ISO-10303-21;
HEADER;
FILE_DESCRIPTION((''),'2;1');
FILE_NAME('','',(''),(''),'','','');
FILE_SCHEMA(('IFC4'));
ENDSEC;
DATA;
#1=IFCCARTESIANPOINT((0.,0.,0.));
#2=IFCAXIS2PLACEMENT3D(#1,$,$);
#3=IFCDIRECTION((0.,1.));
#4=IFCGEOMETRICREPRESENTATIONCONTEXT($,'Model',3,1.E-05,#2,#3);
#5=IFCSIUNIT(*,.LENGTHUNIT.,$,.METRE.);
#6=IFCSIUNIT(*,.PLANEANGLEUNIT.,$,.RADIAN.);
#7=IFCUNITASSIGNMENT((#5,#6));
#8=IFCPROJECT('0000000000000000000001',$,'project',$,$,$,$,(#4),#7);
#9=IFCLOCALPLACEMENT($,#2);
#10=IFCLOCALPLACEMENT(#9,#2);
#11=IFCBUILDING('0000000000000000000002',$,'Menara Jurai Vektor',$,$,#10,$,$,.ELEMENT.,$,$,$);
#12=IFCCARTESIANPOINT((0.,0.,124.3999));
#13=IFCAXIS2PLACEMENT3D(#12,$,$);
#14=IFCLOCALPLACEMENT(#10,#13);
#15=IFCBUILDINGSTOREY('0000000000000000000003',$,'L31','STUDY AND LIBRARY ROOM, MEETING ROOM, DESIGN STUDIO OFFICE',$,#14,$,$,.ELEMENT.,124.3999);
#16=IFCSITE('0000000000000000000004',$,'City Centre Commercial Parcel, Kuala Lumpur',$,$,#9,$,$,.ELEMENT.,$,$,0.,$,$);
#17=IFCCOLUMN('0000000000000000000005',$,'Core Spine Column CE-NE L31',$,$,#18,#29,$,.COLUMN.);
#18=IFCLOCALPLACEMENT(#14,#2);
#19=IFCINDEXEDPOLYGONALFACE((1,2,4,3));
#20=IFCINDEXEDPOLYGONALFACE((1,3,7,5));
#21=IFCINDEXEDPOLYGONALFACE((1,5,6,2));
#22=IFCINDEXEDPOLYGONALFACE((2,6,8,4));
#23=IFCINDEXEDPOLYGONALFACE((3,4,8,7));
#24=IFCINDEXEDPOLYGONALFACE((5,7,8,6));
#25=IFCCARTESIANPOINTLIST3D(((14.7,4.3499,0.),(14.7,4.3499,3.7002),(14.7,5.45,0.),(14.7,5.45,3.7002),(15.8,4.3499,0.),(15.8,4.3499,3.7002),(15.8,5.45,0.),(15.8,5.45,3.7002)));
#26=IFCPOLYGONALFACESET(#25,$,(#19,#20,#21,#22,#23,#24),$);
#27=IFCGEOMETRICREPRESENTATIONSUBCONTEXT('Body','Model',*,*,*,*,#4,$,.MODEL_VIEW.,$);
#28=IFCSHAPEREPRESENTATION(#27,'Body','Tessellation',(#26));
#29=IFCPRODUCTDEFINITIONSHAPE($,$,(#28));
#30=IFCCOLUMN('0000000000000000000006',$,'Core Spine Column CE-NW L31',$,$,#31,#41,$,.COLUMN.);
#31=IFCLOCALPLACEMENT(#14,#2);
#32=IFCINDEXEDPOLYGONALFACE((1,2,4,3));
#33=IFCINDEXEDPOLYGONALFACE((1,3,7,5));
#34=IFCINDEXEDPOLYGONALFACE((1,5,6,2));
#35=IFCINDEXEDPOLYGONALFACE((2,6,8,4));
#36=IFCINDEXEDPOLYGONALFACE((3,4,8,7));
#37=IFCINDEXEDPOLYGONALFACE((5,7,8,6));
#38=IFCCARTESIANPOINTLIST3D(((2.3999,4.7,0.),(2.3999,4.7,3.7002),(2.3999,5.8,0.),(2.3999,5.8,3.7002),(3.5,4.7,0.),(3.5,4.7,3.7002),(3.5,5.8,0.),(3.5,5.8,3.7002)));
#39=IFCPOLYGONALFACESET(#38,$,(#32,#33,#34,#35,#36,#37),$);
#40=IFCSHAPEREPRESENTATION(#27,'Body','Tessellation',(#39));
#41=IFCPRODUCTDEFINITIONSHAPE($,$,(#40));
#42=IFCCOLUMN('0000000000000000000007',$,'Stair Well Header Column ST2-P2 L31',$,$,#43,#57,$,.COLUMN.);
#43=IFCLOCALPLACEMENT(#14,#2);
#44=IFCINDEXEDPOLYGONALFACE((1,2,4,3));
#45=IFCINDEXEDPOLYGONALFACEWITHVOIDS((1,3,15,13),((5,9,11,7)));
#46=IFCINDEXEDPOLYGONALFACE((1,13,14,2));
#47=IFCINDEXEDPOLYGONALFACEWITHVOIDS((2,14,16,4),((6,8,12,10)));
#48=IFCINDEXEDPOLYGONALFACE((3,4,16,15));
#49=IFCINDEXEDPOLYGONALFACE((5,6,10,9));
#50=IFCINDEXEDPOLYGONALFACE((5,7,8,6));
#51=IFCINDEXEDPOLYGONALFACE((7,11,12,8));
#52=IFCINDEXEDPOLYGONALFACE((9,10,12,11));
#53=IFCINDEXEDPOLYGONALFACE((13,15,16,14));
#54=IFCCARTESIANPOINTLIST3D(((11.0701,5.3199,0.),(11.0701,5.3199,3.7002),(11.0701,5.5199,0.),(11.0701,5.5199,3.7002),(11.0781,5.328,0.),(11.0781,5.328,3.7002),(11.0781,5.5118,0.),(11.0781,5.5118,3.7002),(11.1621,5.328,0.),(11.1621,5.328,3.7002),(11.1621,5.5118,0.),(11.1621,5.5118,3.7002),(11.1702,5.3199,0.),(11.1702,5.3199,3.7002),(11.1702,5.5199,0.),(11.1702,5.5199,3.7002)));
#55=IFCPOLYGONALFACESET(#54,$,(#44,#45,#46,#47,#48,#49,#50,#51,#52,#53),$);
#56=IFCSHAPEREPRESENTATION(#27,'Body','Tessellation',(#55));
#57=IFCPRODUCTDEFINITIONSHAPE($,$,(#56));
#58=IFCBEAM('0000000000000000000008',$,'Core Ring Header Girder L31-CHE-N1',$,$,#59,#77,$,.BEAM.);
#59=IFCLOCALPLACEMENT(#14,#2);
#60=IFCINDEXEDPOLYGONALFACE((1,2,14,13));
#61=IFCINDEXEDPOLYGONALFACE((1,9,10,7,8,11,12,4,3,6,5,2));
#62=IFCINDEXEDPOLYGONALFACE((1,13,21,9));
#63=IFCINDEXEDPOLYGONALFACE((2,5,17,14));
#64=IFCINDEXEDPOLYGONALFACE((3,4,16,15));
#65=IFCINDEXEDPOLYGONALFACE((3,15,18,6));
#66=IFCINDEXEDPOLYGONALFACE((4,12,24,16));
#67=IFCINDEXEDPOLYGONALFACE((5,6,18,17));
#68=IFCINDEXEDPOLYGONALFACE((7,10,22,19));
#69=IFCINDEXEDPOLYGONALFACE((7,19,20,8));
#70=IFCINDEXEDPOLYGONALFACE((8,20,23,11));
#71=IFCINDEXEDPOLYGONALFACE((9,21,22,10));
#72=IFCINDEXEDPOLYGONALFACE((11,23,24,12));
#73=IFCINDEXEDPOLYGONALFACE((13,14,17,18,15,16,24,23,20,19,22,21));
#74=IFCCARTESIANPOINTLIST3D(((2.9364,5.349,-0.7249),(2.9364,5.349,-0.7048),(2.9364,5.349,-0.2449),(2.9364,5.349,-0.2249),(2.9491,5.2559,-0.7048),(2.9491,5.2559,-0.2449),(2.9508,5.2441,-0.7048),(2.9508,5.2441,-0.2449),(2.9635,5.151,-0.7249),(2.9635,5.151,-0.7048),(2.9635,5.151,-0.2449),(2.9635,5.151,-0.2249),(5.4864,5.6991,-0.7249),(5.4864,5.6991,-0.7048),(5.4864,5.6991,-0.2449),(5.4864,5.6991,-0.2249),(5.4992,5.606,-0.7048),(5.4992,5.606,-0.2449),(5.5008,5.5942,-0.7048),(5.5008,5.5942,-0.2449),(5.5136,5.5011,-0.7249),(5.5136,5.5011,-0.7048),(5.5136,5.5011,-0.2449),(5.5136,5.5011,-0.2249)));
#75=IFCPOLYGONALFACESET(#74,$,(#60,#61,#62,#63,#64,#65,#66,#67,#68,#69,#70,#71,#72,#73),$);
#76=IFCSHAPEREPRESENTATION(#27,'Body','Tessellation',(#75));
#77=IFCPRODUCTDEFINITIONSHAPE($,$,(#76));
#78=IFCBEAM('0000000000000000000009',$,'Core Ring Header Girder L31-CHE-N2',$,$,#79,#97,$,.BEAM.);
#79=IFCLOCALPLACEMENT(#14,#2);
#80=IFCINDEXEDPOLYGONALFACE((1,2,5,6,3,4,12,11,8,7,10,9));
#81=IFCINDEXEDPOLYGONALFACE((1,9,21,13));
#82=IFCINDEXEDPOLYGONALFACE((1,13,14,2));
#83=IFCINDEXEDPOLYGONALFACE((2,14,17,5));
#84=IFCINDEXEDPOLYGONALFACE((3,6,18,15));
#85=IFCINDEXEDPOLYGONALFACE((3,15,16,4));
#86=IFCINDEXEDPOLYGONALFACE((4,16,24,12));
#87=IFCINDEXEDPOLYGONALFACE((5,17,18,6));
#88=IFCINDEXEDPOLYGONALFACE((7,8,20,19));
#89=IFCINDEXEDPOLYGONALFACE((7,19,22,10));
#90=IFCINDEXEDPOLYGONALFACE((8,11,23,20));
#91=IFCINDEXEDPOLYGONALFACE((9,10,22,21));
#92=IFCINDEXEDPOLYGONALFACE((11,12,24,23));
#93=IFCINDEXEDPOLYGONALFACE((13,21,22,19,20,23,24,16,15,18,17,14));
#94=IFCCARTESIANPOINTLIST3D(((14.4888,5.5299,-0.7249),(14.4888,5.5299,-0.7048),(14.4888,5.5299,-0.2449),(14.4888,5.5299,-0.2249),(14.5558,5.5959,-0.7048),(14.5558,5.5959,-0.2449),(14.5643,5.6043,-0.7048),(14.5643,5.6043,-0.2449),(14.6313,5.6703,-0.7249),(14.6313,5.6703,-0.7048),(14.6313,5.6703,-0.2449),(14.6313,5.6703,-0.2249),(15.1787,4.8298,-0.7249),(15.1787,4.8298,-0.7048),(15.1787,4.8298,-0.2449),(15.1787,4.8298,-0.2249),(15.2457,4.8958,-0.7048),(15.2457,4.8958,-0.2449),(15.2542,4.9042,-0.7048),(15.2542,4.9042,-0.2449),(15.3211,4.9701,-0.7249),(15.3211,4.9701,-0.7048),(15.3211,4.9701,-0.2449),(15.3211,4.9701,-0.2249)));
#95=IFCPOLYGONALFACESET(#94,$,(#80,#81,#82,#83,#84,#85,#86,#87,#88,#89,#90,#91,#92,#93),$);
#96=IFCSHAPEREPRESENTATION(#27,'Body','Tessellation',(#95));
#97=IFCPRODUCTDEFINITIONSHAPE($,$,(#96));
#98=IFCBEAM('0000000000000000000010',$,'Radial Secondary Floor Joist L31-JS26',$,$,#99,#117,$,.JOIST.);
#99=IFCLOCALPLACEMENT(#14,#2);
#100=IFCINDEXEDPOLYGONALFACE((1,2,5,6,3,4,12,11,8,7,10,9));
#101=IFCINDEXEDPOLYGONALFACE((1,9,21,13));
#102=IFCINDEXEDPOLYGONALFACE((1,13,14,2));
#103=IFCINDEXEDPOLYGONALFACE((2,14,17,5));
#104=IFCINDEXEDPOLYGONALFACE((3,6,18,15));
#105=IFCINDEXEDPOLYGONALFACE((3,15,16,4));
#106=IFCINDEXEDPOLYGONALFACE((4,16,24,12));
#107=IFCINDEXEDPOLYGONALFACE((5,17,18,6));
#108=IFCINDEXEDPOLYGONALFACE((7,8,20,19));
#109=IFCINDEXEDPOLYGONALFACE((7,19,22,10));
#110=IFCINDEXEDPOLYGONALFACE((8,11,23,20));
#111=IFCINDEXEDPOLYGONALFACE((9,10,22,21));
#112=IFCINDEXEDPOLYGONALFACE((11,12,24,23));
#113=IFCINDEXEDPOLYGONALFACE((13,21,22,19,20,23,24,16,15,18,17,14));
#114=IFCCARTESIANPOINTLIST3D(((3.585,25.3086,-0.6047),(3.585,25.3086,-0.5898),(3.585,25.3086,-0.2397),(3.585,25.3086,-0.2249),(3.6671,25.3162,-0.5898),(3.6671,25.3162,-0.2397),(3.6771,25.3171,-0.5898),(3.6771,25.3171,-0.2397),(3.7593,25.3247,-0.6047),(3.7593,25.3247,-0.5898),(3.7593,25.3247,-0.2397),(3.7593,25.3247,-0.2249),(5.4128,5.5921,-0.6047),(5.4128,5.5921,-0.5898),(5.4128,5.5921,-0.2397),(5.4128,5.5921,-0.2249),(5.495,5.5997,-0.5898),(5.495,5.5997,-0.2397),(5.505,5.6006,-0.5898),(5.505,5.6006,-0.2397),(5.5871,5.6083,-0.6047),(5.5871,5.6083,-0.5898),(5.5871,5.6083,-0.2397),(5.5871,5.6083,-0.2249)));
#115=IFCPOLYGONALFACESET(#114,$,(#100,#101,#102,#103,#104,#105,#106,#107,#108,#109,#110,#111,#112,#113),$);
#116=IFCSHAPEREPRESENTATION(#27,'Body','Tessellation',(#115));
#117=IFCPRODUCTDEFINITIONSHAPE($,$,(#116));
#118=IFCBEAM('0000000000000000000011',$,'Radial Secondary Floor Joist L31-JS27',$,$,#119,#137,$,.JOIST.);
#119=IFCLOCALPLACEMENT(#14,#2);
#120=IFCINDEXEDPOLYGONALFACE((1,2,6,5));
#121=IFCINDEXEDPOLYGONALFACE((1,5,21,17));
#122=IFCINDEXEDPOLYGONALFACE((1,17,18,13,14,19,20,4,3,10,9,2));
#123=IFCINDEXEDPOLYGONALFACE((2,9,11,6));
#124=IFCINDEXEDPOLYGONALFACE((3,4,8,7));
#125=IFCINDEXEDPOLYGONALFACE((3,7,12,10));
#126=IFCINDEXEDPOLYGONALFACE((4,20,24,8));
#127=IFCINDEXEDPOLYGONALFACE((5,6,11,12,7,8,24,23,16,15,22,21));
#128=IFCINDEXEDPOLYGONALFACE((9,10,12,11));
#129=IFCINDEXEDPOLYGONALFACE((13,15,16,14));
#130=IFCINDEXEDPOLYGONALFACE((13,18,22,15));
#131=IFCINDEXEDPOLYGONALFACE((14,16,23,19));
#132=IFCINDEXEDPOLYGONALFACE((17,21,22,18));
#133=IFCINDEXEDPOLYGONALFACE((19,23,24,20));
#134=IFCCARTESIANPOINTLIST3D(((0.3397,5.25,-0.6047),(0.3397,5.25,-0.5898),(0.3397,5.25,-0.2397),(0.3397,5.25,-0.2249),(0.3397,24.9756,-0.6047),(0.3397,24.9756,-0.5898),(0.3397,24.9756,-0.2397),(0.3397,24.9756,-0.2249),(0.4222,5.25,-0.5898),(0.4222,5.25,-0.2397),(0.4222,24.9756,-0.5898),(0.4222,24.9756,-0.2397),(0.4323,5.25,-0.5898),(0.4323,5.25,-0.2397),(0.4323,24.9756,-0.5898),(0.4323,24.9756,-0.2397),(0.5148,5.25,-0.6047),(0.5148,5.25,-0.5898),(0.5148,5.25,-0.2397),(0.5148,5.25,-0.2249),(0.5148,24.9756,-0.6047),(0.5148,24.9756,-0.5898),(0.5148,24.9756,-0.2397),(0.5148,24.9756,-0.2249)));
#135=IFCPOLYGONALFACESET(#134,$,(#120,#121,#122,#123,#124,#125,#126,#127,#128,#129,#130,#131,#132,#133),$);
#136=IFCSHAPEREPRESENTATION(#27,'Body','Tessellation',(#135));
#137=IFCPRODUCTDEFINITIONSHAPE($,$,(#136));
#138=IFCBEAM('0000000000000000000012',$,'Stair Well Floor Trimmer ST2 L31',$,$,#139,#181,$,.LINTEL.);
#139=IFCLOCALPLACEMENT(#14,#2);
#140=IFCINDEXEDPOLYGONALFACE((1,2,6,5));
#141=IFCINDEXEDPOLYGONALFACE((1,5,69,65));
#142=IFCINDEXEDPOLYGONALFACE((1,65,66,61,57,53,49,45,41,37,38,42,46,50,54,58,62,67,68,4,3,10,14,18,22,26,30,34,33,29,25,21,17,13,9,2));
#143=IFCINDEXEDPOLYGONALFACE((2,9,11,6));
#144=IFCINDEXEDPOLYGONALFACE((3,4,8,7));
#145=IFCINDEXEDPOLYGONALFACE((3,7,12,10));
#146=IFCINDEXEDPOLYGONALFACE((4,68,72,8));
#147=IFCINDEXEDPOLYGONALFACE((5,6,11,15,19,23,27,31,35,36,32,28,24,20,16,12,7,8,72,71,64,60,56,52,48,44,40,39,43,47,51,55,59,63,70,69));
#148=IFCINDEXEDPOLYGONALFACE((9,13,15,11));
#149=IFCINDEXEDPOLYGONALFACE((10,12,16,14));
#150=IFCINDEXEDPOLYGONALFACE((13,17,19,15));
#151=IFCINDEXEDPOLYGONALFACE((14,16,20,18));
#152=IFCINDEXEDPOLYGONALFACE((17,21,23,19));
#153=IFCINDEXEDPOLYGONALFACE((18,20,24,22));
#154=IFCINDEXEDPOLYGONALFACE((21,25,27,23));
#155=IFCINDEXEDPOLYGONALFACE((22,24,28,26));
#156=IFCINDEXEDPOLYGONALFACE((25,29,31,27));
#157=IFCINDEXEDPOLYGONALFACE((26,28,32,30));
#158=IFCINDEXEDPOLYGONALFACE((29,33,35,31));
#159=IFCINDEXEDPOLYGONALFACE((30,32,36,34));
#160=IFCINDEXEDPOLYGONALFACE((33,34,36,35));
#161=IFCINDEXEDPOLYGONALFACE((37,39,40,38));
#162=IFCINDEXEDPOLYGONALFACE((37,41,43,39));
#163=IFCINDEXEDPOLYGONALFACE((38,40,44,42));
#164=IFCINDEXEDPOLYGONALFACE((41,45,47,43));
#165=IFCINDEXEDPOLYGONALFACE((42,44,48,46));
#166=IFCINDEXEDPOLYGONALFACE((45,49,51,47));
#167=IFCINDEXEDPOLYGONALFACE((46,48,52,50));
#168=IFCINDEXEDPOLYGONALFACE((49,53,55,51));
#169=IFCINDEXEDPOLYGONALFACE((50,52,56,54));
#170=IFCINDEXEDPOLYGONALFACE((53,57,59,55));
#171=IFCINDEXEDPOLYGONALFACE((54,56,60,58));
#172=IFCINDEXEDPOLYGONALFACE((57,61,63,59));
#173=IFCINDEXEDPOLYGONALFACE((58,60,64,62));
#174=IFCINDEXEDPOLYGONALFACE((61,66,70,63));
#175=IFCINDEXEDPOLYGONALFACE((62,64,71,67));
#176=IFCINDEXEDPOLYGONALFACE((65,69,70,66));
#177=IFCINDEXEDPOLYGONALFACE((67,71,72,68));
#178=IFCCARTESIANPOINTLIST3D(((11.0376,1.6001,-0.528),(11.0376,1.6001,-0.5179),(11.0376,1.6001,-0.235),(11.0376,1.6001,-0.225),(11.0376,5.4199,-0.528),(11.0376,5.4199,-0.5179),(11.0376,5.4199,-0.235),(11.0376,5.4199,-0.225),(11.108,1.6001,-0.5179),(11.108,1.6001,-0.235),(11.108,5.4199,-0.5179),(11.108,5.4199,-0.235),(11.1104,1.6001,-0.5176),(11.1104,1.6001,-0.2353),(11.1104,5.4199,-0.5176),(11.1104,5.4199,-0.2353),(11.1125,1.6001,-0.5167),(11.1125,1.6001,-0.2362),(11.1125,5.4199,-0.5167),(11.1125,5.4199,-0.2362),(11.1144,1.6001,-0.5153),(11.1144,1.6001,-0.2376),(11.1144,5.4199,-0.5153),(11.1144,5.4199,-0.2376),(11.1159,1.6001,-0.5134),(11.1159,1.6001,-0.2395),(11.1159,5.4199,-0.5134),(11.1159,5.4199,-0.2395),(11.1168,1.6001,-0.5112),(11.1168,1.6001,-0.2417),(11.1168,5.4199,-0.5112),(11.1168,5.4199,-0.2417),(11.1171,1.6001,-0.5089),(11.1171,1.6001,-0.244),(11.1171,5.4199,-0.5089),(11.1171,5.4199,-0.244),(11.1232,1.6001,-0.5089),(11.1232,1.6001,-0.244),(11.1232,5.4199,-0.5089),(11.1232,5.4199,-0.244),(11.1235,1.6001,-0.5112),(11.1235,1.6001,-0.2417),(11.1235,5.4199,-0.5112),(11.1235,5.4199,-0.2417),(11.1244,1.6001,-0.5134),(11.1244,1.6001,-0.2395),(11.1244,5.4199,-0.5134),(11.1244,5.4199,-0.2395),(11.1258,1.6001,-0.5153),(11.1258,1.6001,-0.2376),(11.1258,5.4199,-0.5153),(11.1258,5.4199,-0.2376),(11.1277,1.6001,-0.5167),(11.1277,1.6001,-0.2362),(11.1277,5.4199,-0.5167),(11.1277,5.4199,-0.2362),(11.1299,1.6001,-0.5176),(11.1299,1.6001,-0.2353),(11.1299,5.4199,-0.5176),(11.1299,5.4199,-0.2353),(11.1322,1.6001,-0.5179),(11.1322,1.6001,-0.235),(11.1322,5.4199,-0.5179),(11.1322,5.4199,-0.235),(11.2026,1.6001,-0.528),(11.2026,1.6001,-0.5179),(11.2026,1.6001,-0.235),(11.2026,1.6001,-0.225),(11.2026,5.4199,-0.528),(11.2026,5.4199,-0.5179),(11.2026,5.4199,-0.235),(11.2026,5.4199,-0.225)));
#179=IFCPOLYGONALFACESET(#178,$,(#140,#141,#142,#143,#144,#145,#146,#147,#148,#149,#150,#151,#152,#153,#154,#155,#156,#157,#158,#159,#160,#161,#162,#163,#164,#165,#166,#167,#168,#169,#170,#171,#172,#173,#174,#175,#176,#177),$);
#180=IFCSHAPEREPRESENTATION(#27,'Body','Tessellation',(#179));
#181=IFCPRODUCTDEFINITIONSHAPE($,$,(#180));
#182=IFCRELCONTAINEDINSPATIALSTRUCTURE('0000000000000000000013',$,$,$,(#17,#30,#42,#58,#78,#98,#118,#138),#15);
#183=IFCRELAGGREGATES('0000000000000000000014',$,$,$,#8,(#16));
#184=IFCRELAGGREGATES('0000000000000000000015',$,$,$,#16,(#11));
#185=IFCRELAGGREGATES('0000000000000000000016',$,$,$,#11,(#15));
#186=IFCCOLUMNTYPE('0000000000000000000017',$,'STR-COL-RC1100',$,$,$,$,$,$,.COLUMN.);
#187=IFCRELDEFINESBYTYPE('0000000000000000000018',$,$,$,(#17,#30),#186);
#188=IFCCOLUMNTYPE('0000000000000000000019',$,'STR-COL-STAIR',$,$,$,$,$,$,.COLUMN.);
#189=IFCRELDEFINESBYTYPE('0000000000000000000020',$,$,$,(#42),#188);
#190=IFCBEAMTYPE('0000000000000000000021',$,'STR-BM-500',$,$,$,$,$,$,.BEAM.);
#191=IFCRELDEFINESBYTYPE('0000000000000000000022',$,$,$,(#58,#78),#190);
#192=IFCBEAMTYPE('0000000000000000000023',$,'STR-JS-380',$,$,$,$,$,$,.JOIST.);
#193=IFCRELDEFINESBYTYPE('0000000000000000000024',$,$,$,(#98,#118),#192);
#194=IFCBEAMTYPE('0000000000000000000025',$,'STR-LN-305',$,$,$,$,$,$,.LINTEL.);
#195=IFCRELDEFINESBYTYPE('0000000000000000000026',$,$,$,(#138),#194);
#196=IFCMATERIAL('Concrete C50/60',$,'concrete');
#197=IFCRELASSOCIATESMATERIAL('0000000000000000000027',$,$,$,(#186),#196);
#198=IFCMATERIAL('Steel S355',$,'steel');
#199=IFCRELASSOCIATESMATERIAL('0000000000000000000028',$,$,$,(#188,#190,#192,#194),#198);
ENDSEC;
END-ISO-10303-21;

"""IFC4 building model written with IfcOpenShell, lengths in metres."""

from ifc_helpers import new_model, si_unit, direction, frame, origin, origin_2d, place, context, subcontext, project, spatial, rectangle, hollow_rectangle, i_section, extrude, material, material_profile, profile_set, type_object, element, save


model = new_model("IFC4")

# Units and contexts
model_context = context("Model", 3, precision=1e-05, world=origin(), true_north=direction((0.0, 1.0)))
body_context = subcontext(model_context, "Body", "Model", "MODEL_VIEW")
ifc_project = project(units=[si_unit("LENGTHUNIT", "METRE"), si_unit("PLANEANGLEUNIT", "RADIAN")], contexts=[model_context])

# Site, building, storey
site_placement = place(None, origin())
site = spatial("IfcSite", under=ifc_project, at=site_placement, Name="City Centre Commercial Parcel, Kuala Lumpur", CompositionType="ELEMENT", RefElevation=0.0)
building_placement = place(site_placement, origin())
building = spatial("IfcBuilding", under=site, at=building_placement, Name="Menara Jurai Vektor", CompositionType="ELEMENT")
storey_placement = place(building_placement, frame((0.0, 0.0, 124.3999)))
storey = spatial("IfcBuildingStorey", under=building, at=storey_placement, Name="L31", Description="STUDY AND LIBRARY ROOM, MEETING ROOM, DESIGN STUDIO OFFICE", CompositionType="ELEMENT", Elevation=124.3999)

# Columns
ifc_material_1 = material(Name="Concrete C50/60", Category="concrete")
ifc_material_profile_1 = material_profile(ifc_material_1, rectangle(XDim=1.1001, YDim=1.1001, at=origin_2d()), Name="RC 1100x1100")
ifc_profile_set_1 = profile_set([ifc_material_profile_1], Name="Concrete C50/60")
column_type_1 = type_object("IfcColumnType", Name="STR-COL-RC1100", PredefinedType="COLUMN", material=ifc_profile_set_1)
for number, where, z_axis, x_axis, name in (
    (1, (15.25, 4.8999, 0.0), (0.0, 0.0, 1.0), (1.0, 0.0, 0.0), "Core Spine Column CE-NE L31"),
    (2, (2.95, 5.25, 0.0), (0.0, 0.0, 1.0), (1.0, 0.0, 0.0), "Core Spine Column CE-NW L31"),
):
    element("IfcColumn", number, at=place(storey_placement, frame(where, z_axis=z_axis, x_axis=x_axis)), inside=storey, type_object=column_type_1, Name=name, PredefinedType="COLUMN", context=body_context, shape_type="SweptSolid", body=[
        extrude(rectangle(XDim=1.1001, YDim=1.1001, at=origin_2d()), origin(), (0.0, 0.0, 1.0), 3.7002),
    ])
ifc_material_2 = material(Name="Steel S355", Category="steel")
ifc_material_profile_2 = material_profile(ifc_material_2, hollow_rectangle(XDim=0.1001, YDim=0.2, WallThickness=0.0081, at=origin_2d()), Name="RHS 200x100x8")
ifc_profile_set_2 = profile_set([ifc_material_profile_2], Name="Steel S355")
column_type_2 = type_object("IfcColumnType", Name="STR-COL-STAIR", PredefinedType="COLUMN", material=ifc_profile_set_2)
column_placement = place(storey_placement, frame((11.1201, 5.4199, 0.0), z_axis=(0.0, 0.0, 1.0), x_axis=(1.0, 0.0, 0.0)))
element("IfcColumn", 3, at=column_placement, inside=storey, type_object=column_type_2, Name="Stair Well Header Column ST2-P2 L31", PredefinedType="COLUMN", context=body_context, shape_type="SweptSolid", body=[
    extrude(hollow_rectangle(XDim=0.1001, YDim=0.2, WallThickness=0.0081, at=origin_2d()), origin(), (0.0, 0.0, 1.0), 3.7002),
])

# Beams
ifc_material_profile_3 = material_profile(ifc_material_2, i_section(OverallWidth=0.2, OverallDepth=0.5, WebThickness=0.012, FlangeThickness=0.02, at=origin_2d()), Name="PG 500x200x96")
ifc_profile_set_3 = profile_set([ifc_material_profile_3], Name="Steel S355")
beam_type_1 = type_object("IfcBeamType", Name="STR-BM-500", PredefinedType="BEAM", material=ifc_profile_set_3)
beam_1_placement = place(storey_placement, frame((2.95, 5.25, -0.4749), z_axis=(0.990707, 0.136015, 0.0), x_axis=(-0.136015, 0.990707, 0.0)))
element("IfcBeam", 4, at=beam_1_placement, inside=storey, type_object=beam_type_1, Name="Core Ring Header Girder L31-CHE-N1", PredefinedType="BEAM", context=body_context, shape_type="SweptSolid", body=[
    extrude(i_section(OverallWidth=0.2, OverallDepth=0.5, WebThickness=0.012, FlangeThickness=0.02, at=origin_2d()), origin(), (0.0, 0.0, 1.0), 2.574),
])
beam_2_placement = place(storey_placement, frame((14.5601, 5.6001, -0.4749), z_axis=(0.701872, -0.712303, 0.0), x_axis=(0.712303, 0.701872, 0.0)))
element("IfcBeam", 5, at=beam_2_placement, inside=storey, type_object=beam_type_1, Name="Core Ring Header Girder L31-CHE-N2", PredefinedType="BEAM", context=body_context, shape_type="SweptSolid", body=[
    extrude(i_section(OverallWidth=0.2, OverallDepth=0.5, WebThickness=0.012, FlangeThickness=0.02, at=origin_2d()), origin(), (0.0, 0.0, 1.0), 0.9829),
])
ifc_material_profile_4 = material_profile(ifc_material_2, i_section(OverallWidth=0.175, OverallDepth=0.3799, WebThickness=0.01, FlangeThickness=0.0149, at=origin_2d()), Name="PG 380x175x58")
ifc_profile_set_4 = profile_set([ifc_material_profile_4], Name="Steel S355")
beam_type_2 = type_object("IfcBeamType", Name="STR-JS-380", PredefinedType="JOIST", material=ifc_profile_set_4)
beam_3_placement = place(storey_placement, frame((3.6721, 25.3167, -0.4148), z_axis=(0.092312, -0.99573, 0.0), x_axis=(0.99573, 0.092312, 0.0)))
element("IfcBeam", 6, at=beam_3_placement, inside=storey, type_object=beam_type_2, Name="Radial Secondary Floor Joist L31-JS26", PredefinedType="JOIST", context=body_context, shape_type="SweptSolid", body=[
    extrude(i_section(OverallWidth=0.175, OverallDepth=0.3799, WebThickness=0.01, FlangeThickness=0.0149, at=origin_2d()), origin(), (0.0, 0.0, 1.0), 19.801),
])
beam_4_placement = place(storey_placement, frame((0.4272, 24.9756, -0.4148), z_axis=(0.0, -1.0, 0.0), x_axis=(1.0, 0.0, 0.0)))
element("IfcBeam", 7, at=beam_4_placement, inside=storey, type_object=beam_type_2, Name="Radial Secondary Floor Joist L31-JS27", PredefinedType="JOIST", context=body_context, shape_type="SweptSolid", body=[
    extrude(i_section(OverallWidth=0.175, OverallDepth=0.3799, WebThickness=0.01, FlangeThickness=0.0149, at=origin_2d()), origin(), (0.0, 0.0, 1.0), 19.7256),
])
ifc_material_profile_5 = material_profile(ifc_material_2, i_section(OverallWidth=0.165, OverallDepth=0.303, WebThickness=0.0061, FlangeThickness=0.01, FilletRadius=0.009, at=origin_2d()), Name="UKB 305x165x40")
ifc_profile_set_5 = profile_set([ifc_material_profile_5], Name="Steel S355")
beam_type_3 = type_object("IfcBeamType", Name="STR-LN-305", PredefinedType="LINTEL", material=ifc_profile_set_5)
beam_5_placement = place(storey_placement, frame((11.1201, 1.6001, -0.3765), z_axis=(0.0, 1.0, 0.0), x_axis=(-1.0, 0.0, 0.0)))
element("IfcBeam", 8, at=beam_5_placement, inside=storey, type_object=beam_type_3, Name="Stair Well Floor Trimmer ST2 L31", PredefinedType="LINTEL", context=body_context, shape_type="SweptSolid", body=[
    extrude(i_section(OverallWidth=0.165, OverallDepth=0.303, WebThickness=0.0061, FlangeThickness=0.01, FilletRadius=0.009, at=origin_2d()), origin(), (0.0, 0.0, 1.0), 3.8198),
])

save(model, "model.ifc")
